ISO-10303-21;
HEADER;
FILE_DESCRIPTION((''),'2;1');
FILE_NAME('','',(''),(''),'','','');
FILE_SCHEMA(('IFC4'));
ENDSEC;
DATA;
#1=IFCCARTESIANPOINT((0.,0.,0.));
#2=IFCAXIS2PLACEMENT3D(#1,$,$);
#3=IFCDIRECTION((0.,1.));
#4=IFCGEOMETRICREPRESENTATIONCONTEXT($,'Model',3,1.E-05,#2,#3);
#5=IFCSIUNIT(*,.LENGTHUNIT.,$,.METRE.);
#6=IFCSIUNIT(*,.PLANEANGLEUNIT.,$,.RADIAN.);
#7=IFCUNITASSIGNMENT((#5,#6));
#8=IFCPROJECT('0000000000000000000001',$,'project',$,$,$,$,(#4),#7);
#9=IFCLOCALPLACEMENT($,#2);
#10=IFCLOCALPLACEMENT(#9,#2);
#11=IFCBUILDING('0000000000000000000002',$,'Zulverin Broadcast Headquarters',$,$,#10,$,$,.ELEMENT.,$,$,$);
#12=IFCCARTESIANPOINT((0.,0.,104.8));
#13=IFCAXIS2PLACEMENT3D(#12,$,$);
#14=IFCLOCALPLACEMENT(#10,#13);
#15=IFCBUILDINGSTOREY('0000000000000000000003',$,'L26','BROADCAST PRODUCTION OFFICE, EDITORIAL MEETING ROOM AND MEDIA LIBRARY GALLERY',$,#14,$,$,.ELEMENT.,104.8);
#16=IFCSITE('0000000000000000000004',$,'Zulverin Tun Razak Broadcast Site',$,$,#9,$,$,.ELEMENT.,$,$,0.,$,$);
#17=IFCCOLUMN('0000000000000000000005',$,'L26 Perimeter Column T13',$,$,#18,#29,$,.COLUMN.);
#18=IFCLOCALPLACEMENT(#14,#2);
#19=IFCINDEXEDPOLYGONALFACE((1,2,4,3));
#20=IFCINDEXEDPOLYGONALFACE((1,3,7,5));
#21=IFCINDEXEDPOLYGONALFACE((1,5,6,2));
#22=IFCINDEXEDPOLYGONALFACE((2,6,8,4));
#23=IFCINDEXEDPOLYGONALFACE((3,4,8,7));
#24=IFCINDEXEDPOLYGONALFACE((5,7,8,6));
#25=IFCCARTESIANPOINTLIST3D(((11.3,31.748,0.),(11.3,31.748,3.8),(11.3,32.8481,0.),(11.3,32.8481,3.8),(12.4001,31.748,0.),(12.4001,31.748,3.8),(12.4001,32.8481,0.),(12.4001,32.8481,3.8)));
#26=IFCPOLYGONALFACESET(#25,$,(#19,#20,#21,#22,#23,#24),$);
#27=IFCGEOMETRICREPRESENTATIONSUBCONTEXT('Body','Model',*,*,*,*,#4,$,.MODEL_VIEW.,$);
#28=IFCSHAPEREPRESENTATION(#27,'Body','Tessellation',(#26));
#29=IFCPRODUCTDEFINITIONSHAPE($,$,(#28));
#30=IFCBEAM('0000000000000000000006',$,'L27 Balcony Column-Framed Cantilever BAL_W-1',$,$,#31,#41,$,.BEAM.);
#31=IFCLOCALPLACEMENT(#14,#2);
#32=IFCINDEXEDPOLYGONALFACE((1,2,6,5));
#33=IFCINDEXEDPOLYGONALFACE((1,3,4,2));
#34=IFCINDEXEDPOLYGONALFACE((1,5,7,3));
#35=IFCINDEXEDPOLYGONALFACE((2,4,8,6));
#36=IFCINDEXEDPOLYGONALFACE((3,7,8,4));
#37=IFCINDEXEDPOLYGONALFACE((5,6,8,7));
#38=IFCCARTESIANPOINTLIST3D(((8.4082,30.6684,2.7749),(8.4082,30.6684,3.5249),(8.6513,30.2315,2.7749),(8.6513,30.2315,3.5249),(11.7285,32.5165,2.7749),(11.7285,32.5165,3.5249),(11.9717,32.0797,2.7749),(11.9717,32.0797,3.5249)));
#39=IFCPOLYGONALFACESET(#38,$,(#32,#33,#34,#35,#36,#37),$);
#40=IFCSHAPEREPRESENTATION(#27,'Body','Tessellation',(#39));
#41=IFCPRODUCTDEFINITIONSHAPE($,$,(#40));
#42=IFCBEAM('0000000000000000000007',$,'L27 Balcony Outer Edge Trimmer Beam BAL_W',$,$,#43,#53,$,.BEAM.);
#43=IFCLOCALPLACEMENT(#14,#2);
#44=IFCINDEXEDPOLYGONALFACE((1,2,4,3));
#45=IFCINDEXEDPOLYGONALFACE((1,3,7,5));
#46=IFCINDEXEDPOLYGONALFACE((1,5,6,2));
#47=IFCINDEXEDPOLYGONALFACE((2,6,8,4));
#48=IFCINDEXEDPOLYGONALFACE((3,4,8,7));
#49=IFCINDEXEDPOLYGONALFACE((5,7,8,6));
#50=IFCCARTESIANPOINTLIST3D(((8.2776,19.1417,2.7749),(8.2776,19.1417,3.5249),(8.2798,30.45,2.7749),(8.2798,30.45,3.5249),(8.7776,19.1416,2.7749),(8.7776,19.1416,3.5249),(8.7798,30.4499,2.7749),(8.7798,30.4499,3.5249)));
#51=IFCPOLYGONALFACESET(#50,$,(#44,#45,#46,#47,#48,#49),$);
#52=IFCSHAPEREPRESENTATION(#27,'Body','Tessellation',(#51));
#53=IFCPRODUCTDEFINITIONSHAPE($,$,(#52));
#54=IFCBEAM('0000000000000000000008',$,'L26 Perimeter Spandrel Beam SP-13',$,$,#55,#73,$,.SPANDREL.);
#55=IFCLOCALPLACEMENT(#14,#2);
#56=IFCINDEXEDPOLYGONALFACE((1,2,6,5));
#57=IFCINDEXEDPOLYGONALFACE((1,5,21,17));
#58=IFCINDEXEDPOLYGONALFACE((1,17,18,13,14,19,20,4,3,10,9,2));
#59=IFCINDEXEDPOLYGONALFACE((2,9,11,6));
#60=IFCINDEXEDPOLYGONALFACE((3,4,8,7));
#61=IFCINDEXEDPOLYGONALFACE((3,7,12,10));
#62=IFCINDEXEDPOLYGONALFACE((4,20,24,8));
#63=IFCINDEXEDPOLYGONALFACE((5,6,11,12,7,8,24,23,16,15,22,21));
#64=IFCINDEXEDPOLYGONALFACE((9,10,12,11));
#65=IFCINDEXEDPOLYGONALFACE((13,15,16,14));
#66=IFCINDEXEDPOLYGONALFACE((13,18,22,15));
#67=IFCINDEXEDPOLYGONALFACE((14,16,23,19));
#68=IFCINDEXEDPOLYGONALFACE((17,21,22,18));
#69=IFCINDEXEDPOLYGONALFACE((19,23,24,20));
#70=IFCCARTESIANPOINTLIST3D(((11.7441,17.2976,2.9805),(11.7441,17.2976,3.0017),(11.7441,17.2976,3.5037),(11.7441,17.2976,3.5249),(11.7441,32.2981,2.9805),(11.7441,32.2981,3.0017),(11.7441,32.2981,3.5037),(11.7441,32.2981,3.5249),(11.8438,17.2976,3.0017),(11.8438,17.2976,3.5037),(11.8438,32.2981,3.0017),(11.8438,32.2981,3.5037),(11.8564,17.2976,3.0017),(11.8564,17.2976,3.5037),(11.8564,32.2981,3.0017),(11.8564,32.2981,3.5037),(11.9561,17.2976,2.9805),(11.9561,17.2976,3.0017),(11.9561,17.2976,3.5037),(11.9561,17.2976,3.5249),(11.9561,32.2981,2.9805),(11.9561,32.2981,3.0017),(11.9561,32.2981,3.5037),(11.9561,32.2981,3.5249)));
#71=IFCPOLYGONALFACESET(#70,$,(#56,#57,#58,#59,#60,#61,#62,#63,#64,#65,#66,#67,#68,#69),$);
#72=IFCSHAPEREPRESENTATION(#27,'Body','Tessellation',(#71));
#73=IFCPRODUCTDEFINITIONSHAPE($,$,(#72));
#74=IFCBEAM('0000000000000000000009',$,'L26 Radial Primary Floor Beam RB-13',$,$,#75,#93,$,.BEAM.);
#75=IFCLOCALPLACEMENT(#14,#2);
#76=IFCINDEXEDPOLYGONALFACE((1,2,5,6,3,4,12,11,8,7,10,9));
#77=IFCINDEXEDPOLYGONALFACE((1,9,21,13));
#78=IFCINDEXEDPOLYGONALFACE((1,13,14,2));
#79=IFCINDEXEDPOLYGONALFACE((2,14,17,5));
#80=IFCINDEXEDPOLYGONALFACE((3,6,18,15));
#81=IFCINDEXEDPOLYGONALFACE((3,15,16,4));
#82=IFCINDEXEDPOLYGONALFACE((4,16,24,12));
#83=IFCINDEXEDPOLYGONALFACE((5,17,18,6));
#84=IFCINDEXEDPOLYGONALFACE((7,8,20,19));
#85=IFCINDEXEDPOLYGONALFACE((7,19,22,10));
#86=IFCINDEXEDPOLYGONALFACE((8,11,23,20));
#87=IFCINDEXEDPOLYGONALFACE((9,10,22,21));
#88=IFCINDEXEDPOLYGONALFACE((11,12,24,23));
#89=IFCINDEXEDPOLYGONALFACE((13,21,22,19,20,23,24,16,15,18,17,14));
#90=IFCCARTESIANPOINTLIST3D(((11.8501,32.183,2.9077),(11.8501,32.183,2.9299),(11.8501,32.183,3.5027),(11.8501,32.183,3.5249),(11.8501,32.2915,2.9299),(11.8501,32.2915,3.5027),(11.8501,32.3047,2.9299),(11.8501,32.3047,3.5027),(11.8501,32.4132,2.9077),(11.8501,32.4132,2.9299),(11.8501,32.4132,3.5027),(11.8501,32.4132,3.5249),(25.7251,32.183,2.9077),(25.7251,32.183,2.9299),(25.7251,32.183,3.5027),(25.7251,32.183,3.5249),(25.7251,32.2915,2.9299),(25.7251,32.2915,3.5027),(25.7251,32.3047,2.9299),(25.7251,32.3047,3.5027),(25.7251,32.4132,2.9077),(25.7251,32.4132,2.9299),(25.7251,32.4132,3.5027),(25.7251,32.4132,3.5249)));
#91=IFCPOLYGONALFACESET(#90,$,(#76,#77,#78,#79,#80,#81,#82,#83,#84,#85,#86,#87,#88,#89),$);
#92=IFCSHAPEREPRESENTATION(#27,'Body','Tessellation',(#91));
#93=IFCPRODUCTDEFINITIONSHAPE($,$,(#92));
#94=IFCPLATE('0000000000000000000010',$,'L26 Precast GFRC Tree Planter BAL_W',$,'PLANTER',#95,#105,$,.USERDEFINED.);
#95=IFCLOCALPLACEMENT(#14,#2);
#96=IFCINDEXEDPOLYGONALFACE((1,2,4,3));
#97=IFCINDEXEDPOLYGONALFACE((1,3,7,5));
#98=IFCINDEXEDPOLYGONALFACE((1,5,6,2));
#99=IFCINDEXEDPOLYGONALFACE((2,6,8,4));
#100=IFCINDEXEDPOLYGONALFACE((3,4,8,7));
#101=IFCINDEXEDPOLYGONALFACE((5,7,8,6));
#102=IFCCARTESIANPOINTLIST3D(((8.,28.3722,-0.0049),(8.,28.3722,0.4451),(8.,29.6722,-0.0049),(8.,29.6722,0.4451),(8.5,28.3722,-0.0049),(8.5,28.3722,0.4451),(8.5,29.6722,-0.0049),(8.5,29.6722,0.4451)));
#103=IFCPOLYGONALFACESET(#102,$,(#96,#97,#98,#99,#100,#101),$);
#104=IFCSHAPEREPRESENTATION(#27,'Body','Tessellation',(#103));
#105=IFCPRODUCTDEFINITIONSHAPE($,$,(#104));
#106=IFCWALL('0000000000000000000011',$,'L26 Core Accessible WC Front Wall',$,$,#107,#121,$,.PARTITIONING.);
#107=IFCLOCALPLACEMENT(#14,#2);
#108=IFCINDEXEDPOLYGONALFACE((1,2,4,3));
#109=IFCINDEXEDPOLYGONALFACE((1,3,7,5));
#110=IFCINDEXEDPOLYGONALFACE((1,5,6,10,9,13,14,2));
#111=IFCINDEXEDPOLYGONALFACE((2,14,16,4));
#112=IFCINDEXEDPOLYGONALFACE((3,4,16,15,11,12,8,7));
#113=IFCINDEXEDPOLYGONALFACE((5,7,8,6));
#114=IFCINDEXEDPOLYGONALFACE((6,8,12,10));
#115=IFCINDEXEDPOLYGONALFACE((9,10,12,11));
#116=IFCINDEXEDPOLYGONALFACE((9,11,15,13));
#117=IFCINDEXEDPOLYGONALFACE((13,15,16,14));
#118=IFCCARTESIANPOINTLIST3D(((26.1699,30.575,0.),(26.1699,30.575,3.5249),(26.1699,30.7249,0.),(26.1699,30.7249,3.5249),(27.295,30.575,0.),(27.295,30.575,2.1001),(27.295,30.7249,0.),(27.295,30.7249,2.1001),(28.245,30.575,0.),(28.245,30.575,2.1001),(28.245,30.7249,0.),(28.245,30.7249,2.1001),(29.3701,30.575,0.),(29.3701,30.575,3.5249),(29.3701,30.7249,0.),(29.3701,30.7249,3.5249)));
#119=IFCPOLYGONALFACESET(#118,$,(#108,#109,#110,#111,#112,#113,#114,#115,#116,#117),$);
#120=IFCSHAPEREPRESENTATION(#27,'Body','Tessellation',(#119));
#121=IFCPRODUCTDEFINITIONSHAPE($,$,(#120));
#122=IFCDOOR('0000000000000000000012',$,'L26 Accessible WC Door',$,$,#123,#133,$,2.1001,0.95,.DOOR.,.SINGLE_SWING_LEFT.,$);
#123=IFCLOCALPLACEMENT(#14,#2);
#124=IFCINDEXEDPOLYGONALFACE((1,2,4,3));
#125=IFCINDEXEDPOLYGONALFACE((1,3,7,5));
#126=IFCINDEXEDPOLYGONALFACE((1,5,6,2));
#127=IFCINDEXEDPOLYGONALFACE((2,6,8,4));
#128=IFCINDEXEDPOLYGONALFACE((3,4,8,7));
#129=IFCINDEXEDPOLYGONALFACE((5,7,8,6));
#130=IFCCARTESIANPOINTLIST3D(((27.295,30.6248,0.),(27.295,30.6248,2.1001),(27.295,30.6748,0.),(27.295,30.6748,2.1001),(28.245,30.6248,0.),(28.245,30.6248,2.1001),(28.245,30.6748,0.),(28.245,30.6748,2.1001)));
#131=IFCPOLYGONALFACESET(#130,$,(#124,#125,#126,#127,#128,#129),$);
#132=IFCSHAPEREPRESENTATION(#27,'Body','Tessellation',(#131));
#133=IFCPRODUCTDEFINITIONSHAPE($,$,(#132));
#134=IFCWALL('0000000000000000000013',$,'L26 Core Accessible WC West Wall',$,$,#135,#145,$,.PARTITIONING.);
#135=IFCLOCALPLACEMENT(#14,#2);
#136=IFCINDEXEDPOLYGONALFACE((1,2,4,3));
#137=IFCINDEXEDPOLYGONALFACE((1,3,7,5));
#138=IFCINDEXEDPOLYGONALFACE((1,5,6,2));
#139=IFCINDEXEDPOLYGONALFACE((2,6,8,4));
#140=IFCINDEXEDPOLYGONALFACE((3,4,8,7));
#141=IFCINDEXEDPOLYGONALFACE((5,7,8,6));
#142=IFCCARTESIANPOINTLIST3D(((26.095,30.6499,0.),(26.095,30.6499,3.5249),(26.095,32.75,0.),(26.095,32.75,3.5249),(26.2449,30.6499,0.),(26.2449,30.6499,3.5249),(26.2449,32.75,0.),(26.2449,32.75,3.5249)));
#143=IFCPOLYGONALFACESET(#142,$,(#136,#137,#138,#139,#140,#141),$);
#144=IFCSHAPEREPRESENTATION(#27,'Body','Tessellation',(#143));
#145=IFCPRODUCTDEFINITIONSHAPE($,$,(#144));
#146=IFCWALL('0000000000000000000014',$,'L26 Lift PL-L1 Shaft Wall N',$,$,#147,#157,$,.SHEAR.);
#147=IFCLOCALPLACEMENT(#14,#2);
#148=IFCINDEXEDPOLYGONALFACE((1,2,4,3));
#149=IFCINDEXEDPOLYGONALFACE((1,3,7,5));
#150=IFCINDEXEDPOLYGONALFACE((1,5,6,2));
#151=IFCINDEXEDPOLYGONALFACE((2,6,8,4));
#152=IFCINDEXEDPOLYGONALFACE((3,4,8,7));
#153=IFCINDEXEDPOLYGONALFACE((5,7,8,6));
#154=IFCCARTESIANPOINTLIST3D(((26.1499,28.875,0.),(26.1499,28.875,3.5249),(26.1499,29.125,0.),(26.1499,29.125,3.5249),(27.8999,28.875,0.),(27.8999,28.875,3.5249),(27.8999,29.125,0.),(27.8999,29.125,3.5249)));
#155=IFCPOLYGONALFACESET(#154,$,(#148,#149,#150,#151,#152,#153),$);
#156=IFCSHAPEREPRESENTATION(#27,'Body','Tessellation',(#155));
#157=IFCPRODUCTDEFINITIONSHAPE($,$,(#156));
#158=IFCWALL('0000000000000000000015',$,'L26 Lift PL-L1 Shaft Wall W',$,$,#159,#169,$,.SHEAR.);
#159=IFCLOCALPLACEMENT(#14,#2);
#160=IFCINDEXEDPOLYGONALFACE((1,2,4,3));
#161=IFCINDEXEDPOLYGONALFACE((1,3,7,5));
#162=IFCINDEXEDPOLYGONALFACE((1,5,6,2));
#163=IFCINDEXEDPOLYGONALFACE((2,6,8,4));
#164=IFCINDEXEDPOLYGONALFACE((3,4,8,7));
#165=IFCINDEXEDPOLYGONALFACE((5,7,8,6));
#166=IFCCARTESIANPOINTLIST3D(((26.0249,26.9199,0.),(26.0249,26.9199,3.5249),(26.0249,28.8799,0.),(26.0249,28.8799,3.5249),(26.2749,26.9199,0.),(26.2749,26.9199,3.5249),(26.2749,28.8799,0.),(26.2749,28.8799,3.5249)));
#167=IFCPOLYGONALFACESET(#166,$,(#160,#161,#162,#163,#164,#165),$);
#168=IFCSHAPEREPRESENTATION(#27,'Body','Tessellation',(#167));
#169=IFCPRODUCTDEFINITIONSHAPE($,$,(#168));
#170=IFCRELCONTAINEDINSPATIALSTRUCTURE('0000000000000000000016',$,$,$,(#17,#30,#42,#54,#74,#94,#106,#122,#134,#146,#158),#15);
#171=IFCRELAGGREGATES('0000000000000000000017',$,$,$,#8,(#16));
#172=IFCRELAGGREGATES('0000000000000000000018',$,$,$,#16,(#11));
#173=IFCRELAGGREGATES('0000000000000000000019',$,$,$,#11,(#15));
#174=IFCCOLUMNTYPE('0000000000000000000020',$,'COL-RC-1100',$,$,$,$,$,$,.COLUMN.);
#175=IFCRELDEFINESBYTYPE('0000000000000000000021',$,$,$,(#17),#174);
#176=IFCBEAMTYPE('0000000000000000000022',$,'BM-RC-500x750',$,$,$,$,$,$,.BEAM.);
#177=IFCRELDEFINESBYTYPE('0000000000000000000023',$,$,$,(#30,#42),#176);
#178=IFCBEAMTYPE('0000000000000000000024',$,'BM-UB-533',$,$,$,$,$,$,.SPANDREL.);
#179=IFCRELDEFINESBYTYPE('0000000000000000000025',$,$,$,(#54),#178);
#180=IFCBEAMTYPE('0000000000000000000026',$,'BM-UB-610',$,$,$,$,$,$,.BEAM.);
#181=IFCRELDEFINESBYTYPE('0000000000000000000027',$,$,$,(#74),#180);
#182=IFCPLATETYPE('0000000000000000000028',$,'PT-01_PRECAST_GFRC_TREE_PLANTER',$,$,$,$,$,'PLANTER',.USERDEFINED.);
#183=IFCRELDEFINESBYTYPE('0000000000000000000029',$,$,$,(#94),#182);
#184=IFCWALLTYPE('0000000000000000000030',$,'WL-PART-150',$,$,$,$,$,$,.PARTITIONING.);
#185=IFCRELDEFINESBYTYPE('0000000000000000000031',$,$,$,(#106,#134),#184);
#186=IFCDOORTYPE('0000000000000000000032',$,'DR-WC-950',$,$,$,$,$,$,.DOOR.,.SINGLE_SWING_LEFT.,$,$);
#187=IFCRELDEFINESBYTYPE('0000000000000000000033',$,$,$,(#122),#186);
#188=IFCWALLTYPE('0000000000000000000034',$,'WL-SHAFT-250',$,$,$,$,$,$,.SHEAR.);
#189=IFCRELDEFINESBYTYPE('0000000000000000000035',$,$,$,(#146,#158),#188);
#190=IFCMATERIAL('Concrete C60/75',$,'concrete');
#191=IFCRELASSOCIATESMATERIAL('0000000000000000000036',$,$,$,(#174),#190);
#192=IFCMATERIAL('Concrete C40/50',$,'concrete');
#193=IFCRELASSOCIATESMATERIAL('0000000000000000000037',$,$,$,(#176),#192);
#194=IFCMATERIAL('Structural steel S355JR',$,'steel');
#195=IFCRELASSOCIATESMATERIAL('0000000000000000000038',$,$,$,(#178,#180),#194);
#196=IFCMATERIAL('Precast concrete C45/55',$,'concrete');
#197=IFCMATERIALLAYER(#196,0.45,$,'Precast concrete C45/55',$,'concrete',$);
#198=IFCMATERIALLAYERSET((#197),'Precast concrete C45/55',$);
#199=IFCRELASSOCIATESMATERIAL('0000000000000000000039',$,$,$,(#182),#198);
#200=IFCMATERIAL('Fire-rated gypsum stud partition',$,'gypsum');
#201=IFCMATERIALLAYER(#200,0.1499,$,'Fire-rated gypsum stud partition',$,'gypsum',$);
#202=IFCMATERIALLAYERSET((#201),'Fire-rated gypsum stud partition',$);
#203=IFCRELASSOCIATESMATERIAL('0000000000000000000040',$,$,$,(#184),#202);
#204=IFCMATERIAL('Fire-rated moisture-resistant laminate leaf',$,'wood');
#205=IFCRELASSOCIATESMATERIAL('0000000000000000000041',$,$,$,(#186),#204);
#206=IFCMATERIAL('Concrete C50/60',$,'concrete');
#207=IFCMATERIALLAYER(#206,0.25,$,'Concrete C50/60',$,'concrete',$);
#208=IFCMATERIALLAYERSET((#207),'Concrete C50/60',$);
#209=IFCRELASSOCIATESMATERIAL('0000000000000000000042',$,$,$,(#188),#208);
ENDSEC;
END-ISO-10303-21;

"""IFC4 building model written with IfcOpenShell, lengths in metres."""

from ifc_helpers import new_model, si_unit, direction, frame, frame_2d, origin, origin_2d, place, context, subcontext, project, spatial, rectangle, i_section, extrude, material, layer, layer_set, material_profile, profile_set, type_object, element, fill, save


model = new_model("IFC4")

# Units and contexts
model_context = context("Model", 3, precision=1e-05, world=origin(), true_north=direction((0.0, 1.0)))
body_context = subcontext(model_context, "Body", "Model", "MODEL_VIEW")
ifc_project = project(units=[si_unit("LENGTHUNIT", "METRE"), si_unit("PLANEANGLEUNIT", "RADIAN")], contexts=[model_context])

# Site, building, storey
site_placement = place(None, origin())
site = spatial("IfcSite", under=ifc_project, at=site_placement, Name="Zulverin Tun Razak Broadcast Site", CompositionType="ELEMENT", RefElevation=0.0)
building_placement = place(site_placement, origin())
building = spatial("IfcBuilding", under=site, at=building_placement, Name="Zulverin Broadcast Headquarters", CompositionType="ELEMENT")
storey_placement = place(building_placement, frame((0.0, 0.0, 104.8)))
storey = spatial("IfcBuildingStorey", under=building, at=storey_placement, Name="L26", Description="BROADCAST PRODUCTION OFFICE, EDITORIAL MEETING ROOM AND MEDIA LIBRARY GALLERY", CompositionType="ELEMENT", Elevation=104.8)

# Column
ifc_material_1 = material(Name="Concrete C60/75", Category="concrete")
ifc_material_profile_1 = material_profile(ifc_material_1, rectangle(XDim=1.1001, YDim=1.1001, at=origin_2d()), Name="Concrete C60/75", Category="concrete")
ifc_profile_set_1 = profile_set([ifc_material_profile_1], Name="Concrete C60/75")
column_type = type_object("IfcColumnType", Name="COL-RC-1100", PredefinedType="COLUMN", material=ifc_profile_set_1)
column_placement = place(storey_placement, frame((11.8501, 32.2981, 0.0), z_axis=(0.0, 0.0, 1.0), x_axis=(1.0, 0.0, 0.0)))
element("IfcColumn", 1, at=column_placement, inside=storey, type_object=column_type, Name="L26 Perimeter Column T13", PredefinedType="COLUMN", context=body_context, shape_type="SweptSolid", body=[
    extrude(rectangle(XDim=1.1001, YDim=1.1001, at=origin_2d()), origin(), (0.0, 0.0, 1.0), 3.8),
])

# Beams
ifc_material_2 = material(Name="Concrete C40/50", Category="concrete")
ifc_material_profile_2 = material_profile(ifc_material_2, rectangle(XDim=0.5, YDim=0.75, at=origin_2d()), Name="Concrete C40/50", Category="concrete")
ifc_profile_set_2 = profile_set([ifc_material_profile_2], Name="Concrete C40/50")
beam_type_1 = type_object("IfcBeamType", Name="BM-RC-500x750", PredefinedType="BEAM", material=ifc_profile_set_2)
beam_1_placement = place(storey_placement, frame((11.8501, 32.2981, 3.1499), z_axis=(-0.873763, -0.486352, 0.0), x_axis=(0.486352, -0.873763, 0.0)))
element("IfcBeam", 2, at=beam_1_placement, inside=storey, type_object=beam_type_1, Name="L27 Balcony Column-Framed Cantilever BAL_W-1", PredefinedType="BEAM", context=body_context, shape_type="SweptSolid", body=[
    extrude(rectangle(XDim=0.5, YDim=0.75, at=origin_2d()), origin(), (0.0, 0.0, 1.0), 3.8),
])
beam_2_placement = place(storey_placement, frame((8.5298, 30.45, 3.1499), z_axis=(-0.000194, -1.0, 0.0), x_axis=(1.0, -0.000194, 0.0)))
element("IfcBeam", 3, at=beam_2_placement, inside=storey, type_object=beam_type_1, Name="L27 Balcony Outer Edge Trimmer Beam BAL_W", PredefinedType="BEAM", context=body_context, shape_type="SweptSolid", body=[
    extrude(rectangle(XDim=0.5, YDim=0.75, at=origin_2d()), origin(), (0.0, 0.0, 1.0), 11.3083),
])
ifc_material_3 = material(Name="Structural steel S355JR", Category="steel")
ifc_material_profile_3 = material_profile(ifc_material_3, i_section(OverallWidth=0.2119, OverallDepth=0.5444, WebThickness=0.0127, FlangeThickness=0.0212, at=origin_2d()), Name="Structural steel S355JR", Category="steel")
ifc_profile_set_3 = profile_set([ifc_material_profile_3], Name="Structural steel S355JR")
beam_type_2 = type_object("IfcBeamType", Name="BM-UB-533", PredefinedType="SPANDREL", material=ifc_profile_set_3)
beam_3_placement = place(storey_placement, frame((11.8501, 32.2981, 3.2527), z_axis=(0.0, -1.0, 0.0), x_axis=(1.0, 0.0, 0.0)))
element("IfcBeam", 4, at=beam_3_placement, inside=storey, type_object=beam_type_2, Name="L26 Perimeter Spandrel Beam SP-13", PredefinedType="SPANDREL", context=body_context, shape_type="SweptSolid", body=[
    extrude(i_section(OverallWidth=0.2119, OverallDepth=0.5444, WebThickness=0.0127, FlangeThickness=0.0212, at=origin_2d()), origin(), (0.0, 0.0, 1.0), 15.0005),
])
ifc_material_profile_4 = material_profile(ifc_material_3, i_section(OverallWidth=0.2302, OverallDepth=0.6172, WebThickness=0.0132, FlangeThickness=0.0222, at=origin_2d()), Name="Structural steel S355JR", Category="steel")
ifc_profile_set_4 = profile_set([ifc_material_profile_4], Name="Structural steel S355JR")
beam_type_3 = type_object("IfcBeamType", Name="BM-UB-610", PredefinedType="BEAM", material=ifc_profile_set_4)
beam_4_placement = place(storey_placement, frame((25.7251, 32.2981, 3.2163), z_axis=(-1.0, 0.0, 0.0), x_axis=(0.0, -1.0, 0.0)))
element("IfcBeam", 5, at=beam_4_placement, inside=storey, type_object=beam_type_3, Name="L26 Radial Primary Floor Beam RB-13", PredefinedType="BEAM", context=body_context, shape_type="SweptSolid", body=[
    extrude(i_section(OverallWidth=0.2302, OverallDepth=0.6172, WebThickness=0.0132, FlangeThickness=0.0222, at=origin_2d()), origin(), (0.0, 0.0, 1.0), 13.875),
])

# Plate
ifc_material_4 = material(Name="Precast concrete C45/55", Category="concrete")
ifc_layer_1 = layer(ifc_material_4, 0.45, Name="Precast concrete C45/55", Category="concrete")
ifc_layer_set_1 = layer_set([ifc_layer_1], Name="Precast concrete C45/55")
plate_type = type_object("IfcPlateType", Name="PT-01_PRECAST_GFRC_TREE_PLANTER", ElementType="PLANTER", PredefinedType="USERDEFINED", material=ifc_layer_set_1)
plate_placement = place(storey_placement, frame((8.25, 29.0222, -0.0049), z_axis=(0.0, 0.0, 1.0), x_axis=(0.0, 1.0, 0.0)))
element("IfcPlate", 6, at=plate_placement, inside=storey, type_object=plate_type, Name="L26 Precast GFRC Tree Planter BAL_W", ObjectType="PLANTER", PredefinedType="USERDEFINED", context=body_context, shape_type="SweptSolid", body=[
    extrude(rectangle(XDim=1.3, YDim=0.5, at=origin_2d()), origin(), (0.0, 0.0, 1.0), 0.45),
])

# Wall, opening, door
ifc_material_5 = material(Name="Fire-rated gypsum stud partition", Category="gypsum")
ifc_layer_2 = layer(ifc_material_5, 0.1499, Name="Fire-rated gypsum stud partition", Category="gypsum")
ifc_layer_set_2 = layer_set([ifc_layer_2], Name="Fire-rated gypsum stud partition")
wall_type_1 = type_object("IfcWallType", Name="WL-PART-150", PredefinedType="PARTITIONING", material=ifc_layer_set_2)
wall_1_placement = place(storey_placement, frame((26.1699, 30.6499, 0.0), z_axis=(0.0, 0.0, 1.0), x_axis=(1.0, 0.0, 0.0)))
wall_1 = element("IfcWall", 7, at=wall_1_placement, inside=storey, type_object=wall_type_1, Name="L26 Core Accessible WC Front Wall", PredefinedType="PARTITIONING", context=body_context, shape_type="SweptSolid", body=[
    extrude(rectangle(XDim=3.2002, YDim=0.1499, at=frame_2d((1.6001, 0.0))), origin(), (0.0, 0.0, 1.0), 3.5249),
])
opening_1_placement = place(wall_1_placement, frame((1.125, 0.0, 0.0)))
opening_1 = element("IfcOpeningElement", 8, at=opening_1_placement, cuts=wall_1, PredefinedType="OPENING", context=body_context, shape_type="SweptSolid", body=[
    extrude(rectangle(XDim=0.95, YDim=2.1001, at=frame_2d((0.4751, 1.05))), frame((0.0, 0.085, 0.0), z_axis=(0.0, -1.0, 0.0), x_axis=(1.0, 0.0, 0.0)), (0.0, 0.0, 1.0), 0.1699),
])
ifc_material_6 = material(Name="Fire-rated moisture-resistant laminate leaf", Category="wood")
door_type_1 = type_object("IfcDoorType", Name="DR-WC-950", OperationType="SINGLE_SWING_LEFT", PredefinedType="DOOR", material=ifc_material_6)
door_1_placement = place(opening_1_placement, origin())
door_1 = element("IfcDoor", 9, at=door_1_placement, inside=storey, type_object=door_type_1, Name="L26 Accessible WC Door", OperationType="SINGLE_SWING_LEFT", OverallHeight=2.1001, OverallWidth=0.95, PredefinedType="DOOR", context=body_context, shape_type="SweptSolid", body=[
    extrude(rectangle(XDim=0.95, YDim=2.1001, at=frame_2d((0.4751, 1.05))), frame((0.0, 0.0249, 0.0), z_axis=(0.0, -1.0, 0.0), x_axis=(1.0, 0.0, 0.0)), (0.0, 0.0, 1.0), 0.05),
])
fill(opening_1, door_1)

# Wall
wall_2_placement = place(storey_placement, frame((26.1699, 30.6499, 0.0), z_axis=(0.0, 0.0, 1.0), x_axis=(0.0, 1.0, 0.0)))
element("IfcWall", 10, at=wall_2_placement, inside=storey, type_object=wall_type_1, Name="L26 Core Accessible WC West Wall", PredefinedType="PARTITIONING", context=body_context, shape_type="SweptSolid", body=[
    extrude(rectangle(XDim=2.1001, YDim=0.1499, at=frame_2d((1.05, 0.0))), origin(), (0.0, 0.0, 1.0), 3.5249),
])

# Shared definitions
ifc_material_7 = material(Name="Concrete C50/60", Category="concrete")
ifc_layer_3 = layer(ifc_material_7, 0.25, Name="Concrete C50/60", Category="concrete")
ifc_layer_set_3 = layer_set([ifc_layer_3], Name="Concrete C50/60")
wall_type_2 = type_object("IfcWallType", Name="WL-SHAFT-250", PredefinedType="SHEAR", material=ifc_layer_set_3)

# Walls
wall_3_placement = place(storey_placement, frame((26.1499, 29.0, 0.0), z_axis=(0.0, 0.0, 1.0), x_axis=(1.0, 0.0, 0.0)))
element("IfcWall", 11, at=wall_3_placement, inside=storey, type_object=wall_type_2, Name="L26 Lift PL-L1 Shaft Wall N", PredefinedType="SHEAR", context=body_context, shape_type="SweptSolid", body=[
    extrude(rectangle(XDim=1.75, YDim=0.25, at=frame_2d((0.875, 0.0))), origin(), (0.0, 0.0, 1.0), 3.5249),
])
wall_4_placement = place(storey_placement, frame((26.1499, 26.9199, 0.0), z_axis=(0.0, 0.0, 1.0), x_axis=(0.0, 1.0, 0.0)))
element("IfcWall", 12, at=wall_4_placement, inside=storey, type_object=wall_type_2, Name="L26 Lift PL-L1 Shaft Wall W", PredefinedType="SHEAR", context=body_context, shape_type="SweptSolid", body=[
    extrude(rectangle(XDim=1.96, YDim=0.25, at=frame_2d((0.98, 0.0))), origin(), (0.0, 0.0, 1.0), 3.5249),
])

save(model, "model.ifc")
